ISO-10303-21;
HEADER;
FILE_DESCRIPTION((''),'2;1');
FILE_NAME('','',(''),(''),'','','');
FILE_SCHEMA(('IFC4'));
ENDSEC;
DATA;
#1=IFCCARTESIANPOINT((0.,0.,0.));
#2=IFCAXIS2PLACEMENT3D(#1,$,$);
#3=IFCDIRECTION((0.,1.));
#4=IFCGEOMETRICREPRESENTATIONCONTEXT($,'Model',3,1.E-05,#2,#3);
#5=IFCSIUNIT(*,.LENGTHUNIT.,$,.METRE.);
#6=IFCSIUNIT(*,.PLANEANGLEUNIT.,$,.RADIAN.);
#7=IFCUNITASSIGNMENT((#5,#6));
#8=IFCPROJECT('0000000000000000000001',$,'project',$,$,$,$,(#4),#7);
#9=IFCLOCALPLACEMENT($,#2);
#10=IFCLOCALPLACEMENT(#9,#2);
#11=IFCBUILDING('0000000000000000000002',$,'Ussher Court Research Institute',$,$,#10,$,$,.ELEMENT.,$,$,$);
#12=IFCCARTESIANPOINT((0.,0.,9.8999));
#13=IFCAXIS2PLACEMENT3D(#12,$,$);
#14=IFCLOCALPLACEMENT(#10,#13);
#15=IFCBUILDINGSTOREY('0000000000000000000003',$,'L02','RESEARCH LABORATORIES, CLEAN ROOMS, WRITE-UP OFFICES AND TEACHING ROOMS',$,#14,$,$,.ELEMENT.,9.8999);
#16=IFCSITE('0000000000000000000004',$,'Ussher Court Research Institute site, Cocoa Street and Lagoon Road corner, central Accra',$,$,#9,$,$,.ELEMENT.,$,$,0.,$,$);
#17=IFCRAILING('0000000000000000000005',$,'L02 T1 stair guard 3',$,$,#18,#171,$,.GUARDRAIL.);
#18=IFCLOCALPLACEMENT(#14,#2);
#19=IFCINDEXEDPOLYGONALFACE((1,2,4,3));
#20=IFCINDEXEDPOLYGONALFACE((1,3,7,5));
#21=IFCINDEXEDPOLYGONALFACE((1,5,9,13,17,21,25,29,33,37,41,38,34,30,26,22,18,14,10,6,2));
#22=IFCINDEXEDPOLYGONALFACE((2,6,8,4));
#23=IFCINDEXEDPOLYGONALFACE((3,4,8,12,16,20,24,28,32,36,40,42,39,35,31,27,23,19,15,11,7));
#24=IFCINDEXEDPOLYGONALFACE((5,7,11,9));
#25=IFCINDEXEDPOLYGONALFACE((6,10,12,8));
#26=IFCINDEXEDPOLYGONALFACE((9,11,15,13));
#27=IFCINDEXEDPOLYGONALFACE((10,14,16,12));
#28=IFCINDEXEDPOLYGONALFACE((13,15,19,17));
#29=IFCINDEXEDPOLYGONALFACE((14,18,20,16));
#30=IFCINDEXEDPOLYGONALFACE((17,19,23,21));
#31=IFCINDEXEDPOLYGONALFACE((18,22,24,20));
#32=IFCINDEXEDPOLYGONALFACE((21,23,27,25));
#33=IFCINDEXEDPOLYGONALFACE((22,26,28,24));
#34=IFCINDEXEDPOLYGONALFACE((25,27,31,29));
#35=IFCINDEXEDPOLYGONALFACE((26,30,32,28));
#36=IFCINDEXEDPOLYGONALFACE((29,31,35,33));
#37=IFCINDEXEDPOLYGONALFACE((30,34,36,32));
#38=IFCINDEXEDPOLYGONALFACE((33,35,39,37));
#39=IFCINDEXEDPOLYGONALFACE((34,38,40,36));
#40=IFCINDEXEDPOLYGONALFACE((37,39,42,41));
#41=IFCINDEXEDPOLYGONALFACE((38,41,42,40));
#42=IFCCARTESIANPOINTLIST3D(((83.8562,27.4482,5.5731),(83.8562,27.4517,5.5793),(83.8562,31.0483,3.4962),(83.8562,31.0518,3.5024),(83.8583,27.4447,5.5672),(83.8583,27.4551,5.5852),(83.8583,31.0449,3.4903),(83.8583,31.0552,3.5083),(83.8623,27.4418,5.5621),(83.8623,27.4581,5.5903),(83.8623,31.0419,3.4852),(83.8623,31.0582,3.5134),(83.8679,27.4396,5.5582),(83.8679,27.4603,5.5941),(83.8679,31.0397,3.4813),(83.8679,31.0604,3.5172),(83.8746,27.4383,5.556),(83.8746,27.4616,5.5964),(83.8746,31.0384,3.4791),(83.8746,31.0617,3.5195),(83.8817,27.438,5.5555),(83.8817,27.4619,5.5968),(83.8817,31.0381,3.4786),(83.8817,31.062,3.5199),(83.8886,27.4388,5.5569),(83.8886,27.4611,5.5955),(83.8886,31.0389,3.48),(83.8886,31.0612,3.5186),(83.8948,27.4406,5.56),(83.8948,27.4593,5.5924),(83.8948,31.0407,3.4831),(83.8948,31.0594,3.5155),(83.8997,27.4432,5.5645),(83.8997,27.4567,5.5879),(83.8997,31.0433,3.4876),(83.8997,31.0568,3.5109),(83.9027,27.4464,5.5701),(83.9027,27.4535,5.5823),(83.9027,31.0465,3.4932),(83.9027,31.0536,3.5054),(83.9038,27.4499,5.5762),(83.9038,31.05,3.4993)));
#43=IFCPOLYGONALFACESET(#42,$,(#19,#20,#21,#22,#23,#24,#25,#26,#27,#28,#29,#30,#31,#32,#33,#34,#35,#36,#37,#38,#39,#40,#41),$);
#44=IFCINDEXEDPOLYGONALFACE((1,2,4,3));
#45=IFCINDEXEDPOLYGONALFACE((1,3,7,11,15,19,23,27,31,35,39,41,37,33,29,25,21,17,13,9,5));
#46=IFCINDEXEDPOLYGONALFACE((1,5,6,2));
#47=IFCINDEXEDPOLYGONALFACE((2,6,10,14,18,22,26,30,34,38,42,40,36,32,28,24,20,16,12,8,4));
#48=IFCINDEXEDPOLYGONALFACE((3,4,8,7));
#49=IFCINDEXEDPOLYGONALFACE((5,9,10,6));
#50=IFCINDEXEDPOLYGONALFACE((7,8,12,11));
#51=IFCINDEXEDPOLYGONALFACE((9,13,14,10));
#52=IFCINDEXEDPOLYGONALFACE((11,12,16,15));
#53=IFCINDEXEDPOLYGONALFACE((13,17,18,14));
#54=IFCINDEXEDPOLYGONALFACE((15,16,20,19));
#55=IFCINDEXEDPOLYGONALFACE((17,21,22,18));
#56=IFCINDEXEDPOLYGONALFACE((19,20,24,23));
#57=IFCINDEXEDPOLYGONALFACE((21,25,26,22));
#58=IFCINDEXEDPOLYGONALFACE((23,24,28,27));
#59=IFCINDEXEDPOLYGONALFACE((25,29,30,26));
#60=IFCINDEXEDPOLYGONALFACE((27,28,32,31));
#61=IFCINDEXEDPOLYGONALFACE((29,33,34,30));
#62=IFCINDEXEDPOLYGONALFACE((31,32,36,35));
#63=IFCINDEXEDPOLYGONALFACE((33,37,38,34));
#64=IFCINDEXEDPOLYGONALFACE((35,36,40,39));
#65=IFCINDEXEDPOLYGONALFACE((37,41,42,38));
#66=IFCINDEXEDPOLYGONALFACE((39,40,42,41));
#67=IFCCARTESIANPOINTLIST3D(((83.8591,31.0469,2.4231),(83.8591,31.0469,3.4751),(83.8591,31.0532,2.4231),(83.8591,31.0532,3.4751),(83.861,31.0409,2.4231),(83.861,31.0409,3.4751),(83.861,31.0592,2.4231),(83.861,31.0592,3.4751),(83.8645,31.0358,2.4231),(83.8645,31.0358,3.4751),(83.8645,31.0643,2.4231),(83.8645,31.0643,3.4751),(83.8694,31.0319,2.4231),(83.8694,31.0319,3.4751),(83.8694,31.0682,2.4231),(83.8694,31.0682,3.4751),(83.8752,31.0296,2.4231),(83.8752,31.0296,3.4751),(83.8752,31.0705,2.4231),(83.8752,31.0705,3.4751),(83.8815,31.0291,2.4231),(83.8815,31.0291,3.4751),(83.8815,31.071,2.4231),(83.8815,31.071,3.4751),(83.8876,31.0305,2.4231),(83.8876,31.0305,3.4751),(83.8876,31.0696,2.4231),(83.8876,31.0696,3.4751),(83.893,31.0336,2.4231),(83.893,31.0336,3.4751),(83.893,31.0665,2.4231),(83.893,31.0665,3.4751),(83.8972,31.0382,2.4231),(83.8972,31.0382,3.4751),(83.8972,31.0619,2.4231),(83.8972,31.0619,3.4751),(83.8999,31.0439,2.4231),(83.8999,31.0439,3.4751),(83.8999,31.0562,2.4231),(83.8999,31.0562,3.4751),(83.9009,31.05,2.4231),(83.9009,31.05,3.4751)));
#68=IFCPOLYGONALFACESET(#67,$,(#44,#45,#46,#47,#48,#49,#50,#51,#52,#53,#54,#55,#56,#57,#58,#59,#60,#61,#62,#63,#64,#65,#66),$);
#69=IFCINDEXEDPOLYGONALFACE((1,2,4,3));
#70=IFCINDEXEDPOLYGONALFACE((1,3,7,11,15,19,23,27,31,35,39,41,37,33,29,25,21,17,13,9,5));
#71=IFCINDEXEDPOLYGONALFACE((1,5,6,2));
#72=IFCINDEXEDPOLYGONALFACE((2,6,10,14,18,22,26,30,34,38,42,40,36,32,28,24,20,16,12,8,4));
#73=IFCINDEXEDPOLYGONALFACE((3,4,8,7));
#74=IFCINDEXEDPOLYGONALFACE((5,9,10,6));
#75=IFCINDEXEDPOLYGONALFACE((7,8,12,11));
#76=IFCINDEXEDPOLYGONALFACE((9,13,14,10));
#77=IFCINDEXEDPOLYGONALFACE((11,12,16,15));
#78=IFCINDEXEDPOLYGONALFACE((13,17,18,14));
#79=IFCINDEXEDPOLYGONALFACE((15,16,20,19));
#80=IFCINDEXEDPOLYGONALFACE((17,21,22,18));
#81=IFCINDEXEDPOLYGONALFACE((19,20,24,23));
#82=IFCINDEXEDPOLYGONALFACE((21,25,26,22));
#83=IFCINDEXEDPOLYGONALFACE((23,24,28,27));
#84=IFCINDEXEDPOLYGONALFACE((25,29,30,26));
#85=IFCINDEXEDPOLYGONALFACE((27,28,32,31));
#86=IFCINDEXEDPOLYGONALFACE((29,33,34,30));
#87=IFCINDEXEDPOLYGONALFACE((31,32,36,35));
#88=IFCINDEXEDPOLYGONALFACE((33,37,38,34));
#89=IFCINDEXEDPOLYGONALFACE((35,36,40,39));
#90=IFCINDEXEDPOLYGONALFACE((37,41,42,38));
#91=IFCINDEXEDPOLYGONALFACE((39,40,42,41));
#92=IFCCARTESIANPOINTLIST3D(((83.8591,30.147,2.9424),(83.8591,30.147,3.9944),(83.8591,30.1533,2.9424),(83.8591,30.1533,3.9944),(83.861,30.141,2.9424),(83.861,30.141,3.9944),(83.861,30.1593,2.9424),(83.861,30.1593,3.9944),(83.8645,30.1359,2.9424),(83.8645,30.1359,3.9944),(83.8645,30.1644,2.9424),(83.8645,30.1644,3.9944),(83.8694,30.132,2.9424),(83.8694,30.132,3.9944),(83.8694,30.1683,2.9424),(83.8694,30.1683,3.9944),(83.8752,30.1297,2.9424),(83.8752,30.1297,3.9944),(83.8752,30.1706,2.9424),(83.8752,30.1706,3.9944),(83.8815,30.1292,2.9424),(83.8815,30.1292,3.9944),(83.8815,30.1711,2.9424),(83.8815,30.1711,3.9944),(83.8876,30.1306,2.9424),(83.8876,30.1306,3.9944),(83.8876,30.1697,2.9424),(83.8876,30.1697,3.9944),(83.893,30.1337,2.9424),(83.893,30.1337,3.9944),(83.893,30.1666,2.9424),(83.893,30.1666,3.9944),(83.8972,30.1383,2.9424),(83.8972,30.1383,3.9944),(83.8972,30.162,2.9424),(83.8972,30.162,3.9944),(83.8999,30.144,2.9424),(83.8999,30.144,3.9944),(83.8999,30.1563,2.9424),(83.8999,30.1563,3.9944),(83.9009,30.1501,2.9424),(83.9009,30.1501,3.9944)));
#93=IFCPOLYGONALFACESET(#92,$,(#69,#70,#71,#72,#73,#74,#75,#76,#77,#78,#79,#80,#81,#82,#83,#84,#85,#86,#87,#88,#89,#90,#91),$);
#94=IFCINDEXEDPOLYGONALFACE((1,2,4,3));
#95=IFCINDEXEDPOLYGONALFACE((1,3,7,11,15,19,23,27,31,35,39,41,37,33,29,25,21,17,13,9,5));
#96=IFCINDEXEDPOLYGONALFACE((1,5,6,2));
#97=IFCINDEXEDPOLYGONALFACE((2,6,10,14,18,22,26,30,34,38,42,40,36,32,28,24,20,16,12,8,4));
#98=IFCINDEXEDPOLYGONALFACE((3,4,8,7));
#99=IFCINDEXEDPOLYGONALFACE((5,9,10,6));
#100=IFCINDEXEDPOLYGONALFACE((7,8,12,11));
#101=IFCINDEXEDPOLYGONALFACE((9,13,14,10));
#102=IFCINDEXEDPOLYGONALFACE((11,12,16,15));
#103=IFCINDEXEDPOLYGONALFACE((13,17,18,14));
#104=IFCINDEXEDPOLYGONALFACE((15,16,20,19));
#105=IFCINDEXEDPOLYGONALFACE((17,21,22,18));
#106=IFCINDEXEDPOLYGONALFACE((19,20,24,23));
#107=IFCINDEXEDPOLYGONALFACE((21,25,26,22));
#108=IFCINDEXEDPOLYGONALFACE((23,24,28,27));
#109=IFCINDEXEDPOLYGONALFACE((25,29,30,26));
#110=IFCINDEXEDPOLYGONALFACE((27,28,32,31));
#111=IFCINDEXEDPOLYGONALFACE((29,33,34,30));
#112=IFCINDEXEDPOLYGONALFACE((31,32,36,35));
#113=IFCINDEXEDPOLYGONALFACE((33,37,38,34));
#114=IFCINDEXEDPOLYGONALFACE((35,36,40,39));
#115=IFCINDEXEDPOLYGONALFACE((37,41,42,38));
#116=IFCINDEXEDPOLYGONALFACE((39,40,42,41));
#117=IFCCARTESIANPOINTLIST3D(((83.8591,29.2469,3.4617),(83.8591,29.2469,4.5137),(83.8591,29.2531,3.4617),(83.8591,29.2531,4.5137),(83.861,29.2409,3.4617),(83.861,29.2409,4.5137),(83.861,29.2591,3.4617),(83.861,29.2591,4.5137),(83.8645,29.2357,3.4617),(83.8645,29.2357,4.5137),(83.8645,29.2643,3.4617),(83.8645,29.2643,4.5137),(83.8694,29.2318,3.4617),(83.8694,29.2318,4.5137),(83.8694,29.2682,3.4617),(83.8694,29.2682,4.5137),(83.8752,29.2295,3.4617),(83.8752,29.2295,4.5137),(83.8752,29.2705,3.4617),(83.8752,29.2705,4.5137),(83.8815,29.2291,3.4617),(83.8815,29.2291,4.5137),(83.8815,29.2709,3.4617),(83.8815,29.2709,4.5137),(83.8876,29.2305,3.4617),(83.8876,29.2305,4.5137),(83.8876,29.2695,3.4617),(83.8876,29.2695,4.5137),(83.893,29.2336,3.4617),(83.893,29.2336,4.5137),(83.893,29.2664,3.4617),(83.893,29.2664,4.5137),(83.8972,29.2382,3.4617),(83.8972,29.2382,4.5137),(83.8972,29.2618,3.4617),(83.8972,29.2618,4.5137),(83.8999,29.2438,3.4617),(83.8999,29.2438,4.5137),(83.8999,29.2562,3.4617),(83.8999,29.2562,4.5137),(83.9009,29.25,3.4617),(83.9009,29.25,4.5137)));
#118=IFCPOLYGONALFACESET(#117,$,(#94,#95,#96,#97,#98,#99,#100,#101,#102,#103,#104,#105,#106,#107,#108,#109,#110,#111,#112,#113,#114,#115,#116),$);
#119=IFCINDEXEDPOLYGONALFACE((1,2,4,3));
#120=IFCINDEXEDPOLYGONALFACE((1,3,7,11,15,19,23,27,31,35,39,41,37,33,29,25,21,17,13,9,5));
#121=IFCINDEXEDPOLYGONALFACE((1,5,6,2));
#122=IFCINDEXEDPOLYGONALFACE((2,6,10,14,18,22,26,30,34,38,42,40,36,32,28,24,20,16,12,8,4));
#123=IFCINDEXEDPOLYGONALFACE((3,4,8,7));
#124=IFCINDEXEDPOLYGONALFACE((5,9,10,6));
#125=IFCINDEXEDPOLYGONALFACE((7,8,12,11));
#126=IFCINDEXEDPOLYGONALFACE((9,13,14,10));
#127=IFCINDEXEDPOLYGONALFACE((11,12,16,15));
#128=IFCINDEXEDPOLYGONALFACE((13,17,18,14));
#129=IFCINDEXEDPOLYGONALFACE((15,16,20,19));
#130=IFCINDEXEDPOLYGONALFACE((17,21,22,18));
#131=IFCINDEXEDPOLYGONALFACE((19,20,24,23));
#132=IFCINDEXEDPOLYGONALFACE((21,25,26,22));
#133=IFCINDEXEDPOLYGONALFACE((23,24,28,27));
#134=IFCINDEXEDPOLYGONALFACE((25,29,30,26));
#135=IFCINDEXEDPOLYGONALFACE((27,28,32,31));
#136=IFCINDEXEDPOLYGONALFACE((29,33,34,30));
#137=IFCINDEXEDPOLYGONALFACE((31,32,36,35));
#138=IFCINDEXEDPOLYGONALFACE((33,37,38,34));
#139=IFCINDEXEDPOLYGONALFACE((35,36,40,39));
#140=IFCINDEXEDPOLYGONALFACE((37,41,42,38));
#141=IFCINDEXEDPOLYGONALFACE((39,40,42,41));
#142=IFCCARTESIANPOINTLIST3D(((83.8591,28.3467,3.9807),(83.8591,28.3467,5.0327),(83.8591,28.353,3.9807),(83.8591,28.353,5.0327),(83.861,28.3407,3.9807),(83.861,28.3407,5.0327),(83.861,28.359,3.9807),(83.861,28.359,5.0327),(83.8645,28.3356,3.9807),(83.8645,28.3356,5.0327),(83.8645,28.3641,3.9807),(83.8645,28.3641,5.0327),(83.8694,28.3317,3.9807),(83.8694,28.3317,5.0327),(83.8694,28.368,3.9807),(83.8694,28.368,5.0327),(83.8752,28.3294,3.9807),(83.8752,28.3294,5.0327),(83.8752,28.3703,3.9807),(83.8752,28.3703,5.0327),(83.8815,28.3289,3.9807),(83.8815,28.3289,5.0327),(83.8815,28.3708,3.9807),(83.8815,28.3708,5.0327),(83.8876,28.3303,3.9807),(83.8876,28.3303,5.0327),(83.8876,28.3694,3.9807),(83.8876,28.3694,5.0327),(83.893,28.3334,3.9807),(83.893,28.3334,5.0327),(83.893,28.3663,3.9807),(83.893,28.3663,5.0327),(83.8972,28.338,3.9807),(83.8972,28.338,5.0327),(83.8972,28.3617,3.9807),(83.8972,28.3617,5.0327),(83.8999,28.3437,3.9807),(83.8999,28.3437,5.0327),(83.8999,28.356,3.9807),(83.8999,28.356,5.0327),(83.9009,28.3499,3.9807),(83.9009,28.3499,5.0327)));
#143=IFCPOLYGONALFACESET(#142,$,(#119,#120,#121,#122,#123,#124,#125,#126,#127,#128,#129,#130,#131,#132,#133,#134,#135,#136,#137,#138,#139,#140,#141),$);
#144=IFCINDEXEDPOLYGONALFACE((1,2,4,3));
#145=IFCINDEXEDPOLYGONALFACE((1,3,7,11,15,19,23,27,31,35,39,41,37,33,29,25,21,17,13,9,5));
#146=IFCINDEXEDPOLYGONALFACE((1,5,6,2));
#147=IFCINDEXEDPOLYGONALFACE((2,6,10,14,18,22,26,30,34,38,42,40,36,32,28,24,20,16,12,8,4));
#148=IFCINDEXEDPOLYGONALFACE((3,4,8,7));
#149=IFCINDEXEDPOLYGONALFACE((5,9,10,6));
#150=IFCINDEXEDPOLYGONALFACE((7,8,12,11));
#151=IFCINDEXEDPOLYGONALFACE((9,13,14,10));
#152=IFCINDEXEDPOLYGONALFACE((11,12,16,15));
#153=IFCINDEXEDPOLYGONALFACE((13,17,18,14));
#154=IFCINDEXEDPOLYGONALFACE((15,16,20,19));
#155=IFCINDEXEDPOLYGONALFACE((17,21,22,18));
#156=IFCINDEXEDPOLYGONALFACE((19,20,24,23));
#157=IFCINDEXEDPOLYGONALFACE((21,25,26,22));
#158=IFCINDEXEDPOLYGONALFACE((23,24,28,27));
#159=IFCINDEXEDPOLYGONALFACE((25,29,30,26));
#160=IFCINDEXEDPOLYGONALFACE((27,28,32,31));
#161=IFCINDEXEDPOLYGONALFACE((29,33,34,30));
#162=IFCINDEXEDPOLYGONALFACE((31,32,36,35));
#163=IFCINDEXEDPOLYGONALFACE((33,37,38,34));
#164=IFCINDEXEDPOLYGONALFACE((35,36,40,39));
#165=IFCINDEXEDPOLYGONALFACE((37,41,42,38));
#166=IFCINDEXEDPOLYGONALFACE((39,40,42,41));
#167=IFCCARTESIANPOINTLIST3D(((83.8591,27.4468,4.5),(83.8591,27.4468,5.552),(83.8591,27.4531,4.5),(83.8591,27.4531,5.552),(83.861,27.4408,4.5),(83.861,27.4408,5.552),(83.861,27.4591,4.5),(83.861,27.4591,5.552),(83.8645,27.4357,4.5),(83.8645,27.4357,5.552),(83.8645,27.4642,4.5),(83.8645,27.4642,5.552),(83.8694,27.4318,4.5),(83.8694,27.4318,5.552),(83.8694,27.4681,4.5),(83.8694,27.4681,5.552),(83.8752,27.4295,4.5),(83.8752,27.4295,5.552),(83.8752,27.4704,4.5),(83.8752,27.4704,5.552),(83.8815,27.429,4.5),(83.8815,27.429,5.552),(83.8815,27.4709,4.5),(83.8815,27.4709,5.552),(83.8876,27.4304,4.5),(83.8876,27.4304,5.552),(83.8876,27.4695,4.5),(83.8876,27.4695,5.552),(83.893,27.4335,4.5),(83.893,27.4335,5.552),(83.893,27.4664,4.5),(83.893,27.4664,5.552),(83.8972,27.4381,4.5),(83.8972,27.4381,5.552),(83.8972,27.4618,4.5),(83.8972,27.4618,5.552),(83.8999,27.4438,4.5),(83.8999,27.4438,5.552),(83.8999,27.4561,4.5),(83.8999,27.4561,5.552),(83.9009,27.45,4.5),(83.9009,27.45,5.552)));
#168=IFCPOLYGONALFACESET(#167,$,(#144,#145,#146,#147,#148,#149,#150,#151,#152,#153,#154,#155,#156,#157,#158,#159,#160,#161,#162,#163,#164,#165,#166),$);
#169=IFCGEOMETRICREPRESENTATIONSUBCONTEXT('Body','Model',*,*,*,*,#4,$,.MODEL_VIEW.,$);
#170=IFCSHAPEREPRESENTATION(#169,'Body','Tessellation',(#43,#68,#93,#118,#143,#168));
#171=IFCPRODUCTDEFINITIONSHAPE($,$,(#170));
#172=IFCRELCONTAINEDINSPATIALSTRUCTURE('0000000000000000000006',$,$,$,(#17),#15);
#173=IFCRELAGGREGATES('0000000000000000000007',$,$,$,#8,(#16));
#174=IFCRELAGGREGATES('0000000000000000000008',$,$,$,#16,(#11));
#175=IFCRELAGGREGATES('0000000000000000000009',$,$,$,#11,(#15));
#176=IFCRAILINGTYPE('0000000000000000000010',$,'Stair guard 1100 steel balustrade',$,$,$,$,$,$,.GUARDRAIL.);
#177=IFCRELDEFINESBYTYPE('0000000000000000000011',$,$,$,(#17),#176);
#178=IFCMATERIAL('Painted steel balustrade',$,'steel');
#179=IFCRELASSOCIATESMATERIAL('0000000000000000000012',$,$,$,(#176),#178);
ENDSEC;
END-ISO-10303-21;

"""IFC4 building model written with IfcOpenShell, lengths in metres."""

from ifc_helpers import new_model, si_unit, direction, frame, origin, origin_2d, place, context, subcontext, project, spatial, circle, extrude, material, type_object, element, save


model = new_model("IFC4")

# Units and contexts
model_context = context("Model", 3, precision=1e-05, world=origin(), true_north=direction((0.0, 1.0)))
body_context = subcontext(model_context, "Body", "Model", "MODEL_VIEW")
ifc_project = project(units=[si_unit("LENGTHUNIT", "METRE"), si_unit("PLANEANGLEUNIT", "RADIAN")], contexts=[model_context])

# Site, building, storey
site_placement = place(None, origin())
site = spatial("IfcSite", under=ifc_project, at=site_placement, Name="Ussher Court Research Institute site, Cocoa Street and Lagoon Road corner, central Accra", CompositionType="ELEMENT", RefElevation=0.0)
building_placement = place(site_placement, origin())
building = spatial("IfcBuilding", under=site, at=building_placement, Name="Ussher Court Research Institute", CompositionType="ELEMENT")
storey_placement = place(building_placement, frame((0.0, 0.0, 9.8999)))
storey = spatial("IfcBuildingStorey", under=building, at=storey_placement, Name="L02", Description="RESEARCH LABORATORIES, CLEAN ROOMS, WRITE-UP OFFICES AND TEACHING ROOMS", CompositionType="ELEMENT", Elevation=9.8999)

# Railing
ifc_material_1 = material(Name="Painted steel balustrade", Category="steel")
railing_type_1 = type_object("IfcRailingType", Name="Stair guard 1100 steel balustrade", PredefinedType="GUARDRAIL", material=ifc_material_1)
railing_1_placement = place(storey_placement, frame((83.8799, 31.05, 2.4231)))
element("IfcRailing", 1, at=railing_1_placement, inside=storey, type_object=railing_type_1, Name="L02 T1 stair guard 3", PredefinedType="GUARDRAIL", context=body_context, shape_type="SweptSolid", body=[
    extrude(circle(Radius=0.0239, at=origin_2d()), frame((0.0, 0.0, 1.0762), z_axis=(0.0, -0.866193, 0.499709), x_axis=(1.0, 0.0, 0.0)), (0.0, 0.0, 1.0), 4.1562),
    extrude(circle(Radius=0.021, at=origin_2d()), origin(), (0.0, 0.0, 1.0), 1.052),
    extrude(circle(Radius=0.021, at=origin_2d()), frame((0.0, -0.8999, 0.5193)), (0.0, 0.0, 1.0), 1.052),
    extrude(circle(Radius=0.021, at=origin_2d()), frame((0.0, -1.8, 1.0386)), (0.0, 0.0, 1.0), 1.052),
    extrude(circle(Radius=0.021, at=origin_2d()), frame((0.0, -2.7002, 1.5576)), (0.0, 0.0, 1.0), 1.052),
    extrude(circle(Radius=0.021, at=origin_2d()), frame((0.0, -3.6001, 2.0769)), (0.0, 0.0, 1.0), 1.052),
])

save(model, "model.ifc")
